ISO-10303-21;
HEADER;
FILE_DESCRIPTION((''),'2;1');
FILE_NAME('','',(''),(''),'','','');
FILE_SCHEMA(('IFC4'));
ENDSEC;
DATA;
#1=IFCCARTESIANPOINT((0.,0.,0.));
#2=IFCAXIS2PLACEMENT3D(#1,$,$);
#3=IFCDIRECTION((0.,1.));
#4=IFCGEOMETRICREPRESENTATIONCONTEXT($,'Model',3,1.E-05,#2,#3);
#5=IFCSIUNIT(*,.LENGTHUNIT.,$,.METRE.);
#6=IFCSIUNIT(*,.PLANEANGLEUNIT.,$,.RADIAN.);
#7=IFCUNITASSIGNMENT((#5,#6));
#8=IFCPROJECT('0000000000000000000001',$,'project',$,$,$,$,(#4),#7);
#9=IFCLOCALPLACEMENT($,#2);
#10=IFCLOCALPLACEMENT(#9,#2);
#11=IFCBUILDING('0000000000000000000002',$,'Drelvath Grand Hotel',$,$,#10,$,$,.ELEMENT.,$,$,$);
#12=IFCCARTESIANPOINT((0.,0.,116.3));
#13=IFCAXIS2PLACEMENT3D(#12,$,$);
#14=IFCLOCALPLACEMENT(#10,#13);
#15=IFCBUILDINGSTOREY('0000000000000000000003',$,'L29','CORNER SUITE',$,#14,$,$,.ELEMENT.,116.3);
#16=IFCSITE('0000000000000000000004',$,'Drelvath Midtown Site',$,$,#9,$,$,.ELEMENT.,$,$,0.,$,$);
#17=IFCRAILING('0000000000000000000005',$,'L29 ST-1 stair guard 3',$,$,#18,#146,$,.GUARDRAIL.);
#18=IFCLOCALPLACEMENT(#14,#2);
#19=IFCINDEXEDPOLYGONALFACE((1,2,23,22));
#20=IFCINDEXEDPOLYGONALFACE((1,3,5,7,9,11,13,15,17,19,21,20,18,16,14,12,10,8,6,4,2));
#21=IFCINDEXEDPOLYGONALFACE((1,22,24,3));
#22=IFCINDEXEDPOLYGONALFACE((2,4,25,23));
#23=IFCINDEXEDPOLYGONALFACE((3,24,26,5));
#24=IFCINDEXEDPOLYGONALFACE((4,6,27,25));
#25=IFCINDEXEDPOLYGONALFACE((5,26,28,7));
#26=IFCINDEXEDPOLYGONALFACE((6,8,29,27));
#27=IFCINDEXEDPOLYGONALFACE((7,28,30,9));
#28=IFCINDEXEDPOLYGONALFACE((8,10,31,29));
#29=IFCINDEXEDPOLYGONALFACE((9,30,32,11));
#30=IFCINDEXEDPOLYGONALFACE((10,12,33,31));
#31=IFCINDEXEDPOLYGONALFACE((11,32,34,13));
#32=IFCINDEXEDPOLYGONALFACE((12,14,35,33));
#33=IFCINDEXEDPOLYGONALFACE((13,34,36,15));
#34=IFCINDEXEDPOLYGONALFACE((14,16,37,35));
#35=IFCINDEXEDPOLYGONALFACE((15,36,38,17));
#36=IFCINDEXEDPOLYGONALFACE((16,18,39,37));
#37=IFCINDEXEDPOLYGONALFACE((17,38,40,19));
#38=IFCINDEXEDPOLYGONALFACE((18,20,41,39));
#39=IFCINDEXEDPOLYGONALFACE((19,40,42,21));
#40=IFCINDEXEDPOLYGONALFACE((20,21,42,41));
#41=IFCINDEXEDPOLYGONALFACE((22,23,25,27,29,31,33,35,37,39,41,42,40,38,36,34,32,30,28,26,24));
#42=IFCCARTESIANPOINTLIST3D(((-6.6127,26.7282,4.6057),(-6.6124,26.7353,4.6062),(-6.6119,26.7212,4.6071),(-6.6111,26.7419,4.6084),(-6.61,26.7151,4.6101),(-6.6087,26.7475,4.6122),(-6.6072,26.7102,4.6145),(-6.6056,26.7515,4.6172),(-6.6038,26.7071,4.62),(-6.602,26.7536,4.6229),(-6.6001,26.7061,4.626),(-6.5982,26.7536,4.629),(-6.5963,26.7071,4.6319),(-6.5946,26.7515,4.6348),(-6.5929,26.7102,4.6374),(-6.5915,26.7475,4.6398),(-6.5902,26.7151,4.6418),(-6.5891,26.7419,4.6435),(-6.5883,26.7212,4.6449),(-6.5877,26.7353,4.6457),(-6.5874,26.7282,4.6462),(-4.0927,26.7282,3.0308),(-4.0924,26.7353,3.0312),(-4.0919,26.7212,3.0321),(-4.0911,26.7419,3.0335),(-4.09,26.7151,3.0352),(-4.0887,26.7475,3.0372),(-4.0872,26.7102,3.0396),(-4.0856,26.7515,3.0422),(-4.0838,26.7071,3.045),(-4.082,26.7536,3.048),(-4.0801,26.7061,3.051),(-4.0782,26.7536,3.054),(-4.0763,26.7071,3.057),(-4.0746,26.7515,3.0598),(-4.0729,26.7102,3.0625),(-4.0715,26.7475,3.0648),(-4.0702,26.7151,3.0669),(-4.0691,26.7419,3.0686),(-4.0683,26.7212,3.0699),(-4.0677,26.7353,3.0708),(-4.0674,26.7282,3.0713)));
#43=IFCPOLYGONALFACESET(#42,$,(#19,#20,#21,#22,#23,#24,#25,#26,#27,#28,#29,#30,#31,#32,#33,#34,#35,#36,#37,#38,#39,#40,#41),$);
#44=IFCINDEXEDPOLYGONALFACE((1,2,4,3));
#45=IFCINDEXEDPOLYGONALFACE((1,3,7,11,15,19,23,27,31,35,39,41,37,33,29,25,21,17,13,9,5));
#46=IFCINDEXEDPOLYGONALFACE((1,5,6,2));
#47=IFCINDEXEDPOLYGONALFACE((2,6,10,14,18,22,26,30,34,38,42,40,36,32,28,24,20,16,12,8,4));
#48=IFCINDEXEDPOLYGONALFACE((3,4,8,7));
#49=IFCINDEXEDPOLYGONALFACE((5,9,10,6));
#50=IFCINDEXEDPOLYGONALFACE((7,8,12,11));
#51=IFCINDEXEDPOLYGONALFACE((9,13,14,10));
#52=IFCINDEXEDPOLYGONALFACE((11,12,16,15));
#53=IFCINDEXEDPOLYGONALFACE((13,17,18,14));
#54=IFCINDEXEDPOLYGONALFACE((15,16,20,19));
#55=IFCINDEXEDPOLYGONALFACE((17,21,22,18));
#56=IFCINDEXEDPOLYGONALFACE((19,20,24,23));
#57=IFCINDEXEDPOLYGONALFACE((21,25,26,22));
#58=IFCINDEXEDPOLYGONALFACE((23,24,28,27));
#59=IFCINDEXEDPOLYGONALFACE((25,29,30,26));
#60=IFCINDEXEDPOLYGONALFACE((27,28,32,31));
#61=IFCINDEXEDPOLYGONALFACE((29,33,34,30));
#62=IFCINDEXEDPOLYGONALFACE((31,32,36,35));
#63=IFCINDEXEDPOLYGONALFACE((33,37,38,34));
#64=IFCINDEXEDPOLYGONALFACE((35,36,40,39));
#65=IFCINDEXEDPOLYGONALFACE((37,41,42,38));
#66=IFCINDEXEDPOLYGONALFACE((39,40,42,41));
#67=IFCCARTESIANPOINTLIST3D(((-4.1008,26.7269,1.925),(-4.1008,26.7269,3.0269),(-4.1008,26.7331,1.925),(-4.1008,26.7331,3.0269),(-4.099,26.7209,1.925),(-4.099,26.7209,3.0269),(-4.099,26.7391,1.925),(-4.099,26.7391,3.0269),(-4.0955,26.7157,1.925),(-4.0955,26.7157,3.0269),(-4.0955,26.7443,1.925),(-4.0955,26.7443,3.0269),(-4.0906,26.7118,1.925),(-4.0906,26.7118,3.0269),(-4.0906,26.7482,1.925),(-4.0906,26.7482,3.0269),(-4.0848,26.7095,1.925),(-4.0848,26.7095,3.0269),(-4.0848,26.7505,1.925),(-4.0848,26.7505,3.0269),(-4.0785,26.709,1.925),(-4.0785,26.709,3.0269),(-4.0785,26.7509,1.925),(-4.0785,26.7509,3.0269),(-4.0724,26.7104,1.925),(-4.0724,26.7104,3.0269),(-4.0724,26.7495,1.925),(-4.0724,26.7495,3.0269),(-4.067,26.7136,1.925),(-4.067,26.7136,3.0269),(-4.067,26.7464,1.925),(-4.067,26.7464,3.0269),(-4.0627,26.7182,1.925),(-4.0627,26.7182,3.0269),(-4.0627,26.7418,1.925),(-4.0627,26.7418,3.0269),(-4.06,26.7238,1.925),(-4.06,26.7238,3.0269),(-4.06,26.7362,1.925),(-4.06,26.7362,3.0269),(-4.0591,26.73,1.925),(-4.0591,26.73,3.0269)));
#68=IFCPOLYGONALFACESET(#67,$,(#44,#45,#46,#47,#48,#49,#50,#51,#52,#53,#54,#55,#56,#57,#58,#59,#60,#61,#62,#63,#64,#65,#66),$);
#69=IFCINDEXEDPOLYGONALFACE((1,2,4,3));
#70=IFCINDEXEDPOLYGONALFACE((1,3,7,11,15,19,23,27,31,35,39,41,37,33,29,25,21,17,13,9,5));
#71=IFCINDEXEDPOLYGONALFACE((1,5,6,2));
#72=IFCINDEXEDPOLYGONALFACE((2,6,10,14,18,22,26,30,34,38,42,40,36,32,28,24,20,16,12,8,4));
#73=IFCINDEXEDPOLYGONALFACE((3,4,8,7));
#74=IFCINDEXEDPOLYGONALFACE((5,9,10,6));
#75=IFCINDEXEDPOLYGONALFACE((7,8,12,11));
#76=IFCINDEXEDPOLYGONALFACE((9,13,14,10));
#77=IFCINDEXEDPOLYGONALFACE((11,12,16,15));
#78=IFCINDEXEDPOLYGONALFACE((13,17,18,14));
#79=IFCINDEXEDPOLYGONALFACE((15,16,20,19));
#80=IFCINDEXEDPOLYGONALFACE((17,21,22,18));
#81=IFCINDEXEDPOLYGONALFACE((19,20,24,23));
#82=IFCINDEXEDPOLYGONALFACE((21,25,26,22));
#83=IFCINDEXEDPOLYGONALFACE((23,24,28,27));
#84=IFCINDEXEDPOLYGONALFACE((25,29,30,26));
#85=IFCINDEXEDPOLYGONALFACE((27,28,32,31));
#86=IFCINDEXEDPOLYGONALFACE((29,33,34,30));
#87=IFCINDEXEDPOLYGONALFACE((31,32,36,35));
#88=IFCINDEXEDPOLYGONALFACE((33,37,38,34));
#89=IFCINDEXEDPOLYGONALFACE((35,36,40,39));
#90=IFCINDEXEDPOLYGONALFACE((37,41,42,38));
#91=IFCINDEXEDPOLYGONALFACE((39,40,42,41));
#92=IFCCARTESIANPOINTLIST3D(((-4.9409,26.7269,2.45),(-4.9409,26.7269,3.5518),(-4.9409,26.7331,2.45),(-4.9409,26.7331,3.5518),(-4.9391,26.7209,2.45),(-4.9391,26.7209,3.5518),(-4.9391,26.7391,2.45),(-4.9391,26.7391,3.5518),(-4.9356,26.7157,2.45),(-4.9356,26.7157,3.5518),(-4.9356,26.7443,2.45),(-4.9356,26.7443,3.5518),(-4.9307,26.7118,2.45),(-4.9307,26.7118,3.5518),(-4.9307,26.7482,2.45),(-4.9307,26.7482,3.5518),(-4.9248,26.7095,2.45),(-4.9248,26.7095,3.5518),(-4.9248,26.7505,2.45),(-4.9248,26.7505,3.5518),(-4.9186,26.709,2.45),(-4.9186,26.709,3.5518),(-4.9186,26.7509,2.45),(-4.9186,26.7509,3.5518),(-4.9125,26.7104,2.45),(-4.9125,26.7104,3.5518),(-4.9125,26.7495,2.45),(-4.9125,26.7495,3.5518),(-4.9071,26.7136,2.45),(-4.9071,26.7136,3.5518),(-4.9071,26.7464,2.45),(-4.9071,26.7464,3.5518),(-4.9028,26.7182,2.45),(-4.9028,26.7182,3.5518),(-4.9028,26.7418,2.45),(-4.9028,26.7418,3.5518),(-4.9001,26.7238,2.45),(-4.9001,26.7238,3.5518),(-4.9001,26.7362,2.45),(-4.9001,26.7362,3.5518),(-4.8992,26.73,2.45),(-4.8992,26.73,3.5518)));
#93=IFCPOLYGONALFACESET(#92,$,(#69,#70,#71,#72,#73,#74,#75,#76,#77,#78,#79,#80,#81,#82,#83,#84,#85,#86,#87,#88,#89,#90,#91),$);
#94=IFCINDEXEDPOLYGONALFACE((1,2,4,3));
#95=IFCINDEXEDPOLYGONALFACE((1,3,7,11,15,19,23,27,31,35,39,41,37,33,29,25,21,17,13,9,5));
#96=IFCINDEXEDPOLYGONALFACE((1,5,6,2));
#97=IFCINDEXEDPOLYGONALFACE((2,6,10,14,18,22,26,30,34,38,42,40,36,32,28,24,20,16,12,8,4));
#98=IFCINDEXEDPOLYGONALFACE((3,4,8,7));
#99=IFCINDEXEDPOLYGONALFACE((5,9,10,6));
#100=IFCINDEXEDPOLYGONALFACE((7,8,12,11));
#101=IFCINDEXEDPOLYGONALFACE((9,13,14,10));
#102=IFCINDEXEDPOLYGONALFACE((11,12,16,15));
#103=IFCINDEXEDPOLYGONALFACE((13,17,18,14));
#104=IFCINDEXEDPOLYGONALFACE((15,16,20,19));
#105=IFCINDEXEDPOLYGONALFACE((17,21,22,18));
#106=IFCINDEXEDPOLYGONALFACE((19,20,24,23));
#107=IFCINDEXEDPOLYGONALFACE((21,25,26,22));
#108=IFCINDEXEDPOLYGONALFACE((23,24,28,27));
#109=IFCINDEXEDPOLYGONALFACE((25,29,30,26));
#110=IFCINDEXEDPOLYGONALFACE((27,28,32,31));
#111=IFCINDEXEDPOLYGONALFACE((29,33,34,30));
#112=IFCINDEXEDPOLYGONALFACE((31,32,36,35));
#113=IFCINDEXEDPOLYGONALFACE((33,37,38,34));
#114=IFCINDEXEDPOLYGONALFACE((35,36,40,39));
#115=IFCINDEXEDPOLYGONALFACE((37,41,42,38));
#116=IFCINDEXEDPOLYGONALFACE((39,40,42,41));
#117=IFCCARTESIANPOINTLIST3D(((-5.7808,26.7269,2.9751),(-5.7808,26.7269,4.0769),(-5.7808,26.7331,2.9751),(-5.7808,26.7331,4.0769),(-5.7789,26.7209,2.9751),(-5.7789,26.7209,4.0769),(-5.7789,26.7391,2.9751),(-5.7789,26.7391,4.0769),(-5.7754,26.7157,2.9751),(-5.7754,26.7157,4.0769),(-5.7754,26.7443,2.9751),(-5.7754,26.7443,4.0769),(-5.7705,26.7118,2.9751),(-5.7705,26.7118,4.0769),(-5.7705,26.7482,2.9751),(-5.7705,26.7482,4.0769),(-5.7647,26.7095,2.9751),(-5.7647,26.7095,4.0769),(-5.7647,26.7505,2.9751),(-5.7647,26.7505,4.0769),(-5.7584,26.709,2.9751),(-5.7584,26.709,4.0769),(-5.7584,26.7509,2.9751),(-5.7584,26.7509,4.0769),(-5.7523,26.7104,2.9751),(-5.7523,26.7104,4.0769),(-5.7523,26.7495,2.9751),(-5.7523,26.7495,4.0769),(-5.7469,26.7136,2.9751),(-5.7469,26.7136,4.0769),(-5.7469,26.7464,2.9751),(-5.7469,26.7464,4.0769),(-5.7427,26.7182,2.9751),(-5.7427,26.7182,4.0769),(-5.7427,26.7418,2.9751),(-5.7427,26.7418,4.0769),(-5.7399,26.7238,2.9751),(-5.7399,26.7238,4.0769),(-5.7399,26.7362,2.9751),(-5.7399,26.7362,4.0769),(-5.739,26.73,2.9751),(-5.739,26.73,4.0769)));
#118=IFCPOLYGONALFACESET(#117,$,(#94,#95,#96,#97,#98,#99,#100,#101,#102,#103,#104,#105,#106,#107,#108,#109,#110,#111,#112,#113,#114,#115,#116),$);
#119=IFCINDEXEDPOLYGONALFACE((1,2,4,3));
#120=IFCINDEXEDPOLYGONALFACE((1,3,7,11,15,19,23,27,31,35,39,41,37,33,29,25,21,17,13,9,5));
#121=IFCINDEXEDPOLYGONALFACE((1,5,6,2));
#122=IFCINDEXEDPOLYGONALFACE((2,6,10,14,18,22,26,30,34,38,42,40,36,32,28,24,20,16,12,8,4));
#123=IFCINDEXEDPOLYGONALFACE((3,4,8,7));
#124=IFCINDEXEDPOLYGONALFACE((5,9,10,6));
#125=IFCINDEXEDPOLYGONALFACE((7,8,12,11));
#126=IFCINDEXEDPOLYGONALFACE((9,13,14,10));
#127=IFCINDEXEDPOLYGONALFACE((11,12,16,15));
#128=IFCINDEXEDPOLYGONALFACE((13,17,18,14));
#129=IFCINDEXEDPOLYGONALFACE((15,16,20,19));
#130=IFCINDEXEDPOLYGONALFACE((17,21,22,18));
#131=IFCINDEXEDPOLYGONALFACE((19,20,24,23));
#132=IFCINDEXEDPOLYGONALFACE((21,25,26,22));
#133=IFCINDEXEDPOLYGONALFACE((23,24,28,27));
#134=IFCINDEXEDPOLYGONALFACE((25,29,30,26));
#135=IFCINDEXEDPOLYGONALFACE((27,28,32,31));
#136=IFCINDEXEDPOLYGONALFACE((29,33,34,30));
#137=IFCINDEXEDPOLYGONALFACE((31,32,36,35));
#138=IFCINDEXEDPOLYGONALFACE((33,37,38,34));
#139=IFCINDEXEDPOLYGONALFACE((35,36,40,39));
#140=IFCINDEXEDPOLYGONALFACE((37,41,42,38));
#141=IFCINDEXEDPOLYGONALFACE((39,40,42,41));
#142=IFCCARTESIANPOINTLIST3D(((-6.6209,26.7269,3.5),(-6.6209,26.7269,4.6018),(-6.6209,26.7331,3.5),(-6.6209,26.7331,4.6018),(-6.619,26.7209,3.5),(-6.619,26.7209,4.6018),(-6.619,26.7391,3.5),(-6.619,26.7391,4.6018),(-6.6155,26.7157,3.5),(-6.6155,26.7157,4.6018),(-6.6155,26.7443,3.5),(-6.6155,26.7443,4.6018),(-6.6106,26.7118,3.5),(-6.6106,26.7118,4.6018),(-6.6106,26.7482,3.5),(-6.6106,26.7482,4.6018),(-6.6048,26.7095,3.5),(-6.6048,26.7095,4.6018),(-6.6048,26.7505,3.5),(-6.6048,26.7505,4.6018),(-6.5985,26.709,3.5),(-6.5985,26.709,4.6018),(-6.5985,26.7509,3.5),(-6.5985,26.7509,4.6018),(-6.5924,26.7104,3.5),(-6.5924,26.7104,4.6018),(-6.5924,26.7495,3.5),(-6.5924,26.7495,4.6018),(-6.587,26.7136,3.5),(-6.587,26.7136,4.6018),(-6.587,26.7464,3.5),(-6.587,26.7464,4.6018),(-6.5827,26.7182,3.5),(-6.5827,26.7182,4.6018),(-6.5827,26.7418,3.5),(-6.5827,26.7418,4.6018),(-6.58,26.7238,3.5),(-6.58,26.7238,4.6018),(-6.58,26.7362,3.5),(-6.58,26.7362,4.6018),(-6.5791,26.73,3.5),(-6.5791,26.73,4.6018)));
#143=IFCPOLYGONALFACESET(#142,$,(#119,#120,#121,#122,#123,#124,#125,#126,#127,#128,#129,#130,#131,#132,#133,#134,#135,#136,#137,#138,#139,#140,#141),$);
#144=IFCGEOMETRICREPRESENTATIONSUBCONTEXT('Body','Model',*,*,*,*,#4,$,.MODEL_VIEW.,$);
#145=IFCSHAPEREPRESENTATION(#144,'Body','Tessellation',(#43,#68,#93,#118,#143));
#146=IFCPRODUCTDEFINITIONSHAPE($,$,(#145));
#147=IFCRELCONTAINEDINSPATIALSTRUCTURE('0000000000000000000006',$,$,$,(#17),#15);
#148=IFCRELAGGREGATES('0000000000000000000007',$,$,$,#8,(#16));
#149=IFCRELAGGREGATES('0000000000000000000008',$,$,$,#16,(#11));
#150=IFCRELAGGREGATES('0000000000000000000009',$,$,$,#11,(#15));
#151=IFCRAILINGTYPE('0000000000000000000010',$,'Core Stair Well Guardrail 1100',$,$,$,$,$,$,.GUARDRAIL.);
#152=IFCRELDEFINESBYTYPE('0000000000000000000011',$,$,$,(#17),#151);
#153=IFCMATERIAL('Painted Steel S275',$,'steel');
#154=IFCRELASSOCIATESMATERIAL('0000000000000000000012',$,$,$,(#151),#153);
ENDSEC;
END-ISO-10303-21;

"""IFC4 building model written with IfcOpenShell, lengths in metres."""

from ifc_helpers import new_model, si_unit, direction, frame, origin, origin_2d, place, context, subcontext, project, spatial, circle, extrude, material, type_object, element, save


model = new_model("IFC4")

# Units and contexts
model_context = context("Model", 3, precision=1e-05, world=origin(), true_north=direction((0.0, 1.0)))
body_context = subcontext(model_context, "Body", "Model", "MODEL_VIEW")
ifc_project = project(units=[si_unit("LENGTHUNIT", "METRE"), si_unit("PLANEANGLEUNIT", "RADIAN")], contexts=[model_context])

# Site, building, storey
site_placement = place(None, origin())
site = spatial("IfcSite", under=ifc_project, at=site_placement, Name="Drelvath Midtown Site", CompositionType="ELEMENT", RefElevation=0.0)
building_placement = place(site_placement, origin())
building = spatial("IfcBuilding", under=site, at=building_placement, Name="Drelvath Grand Hotel", CompositionType="ELEMENT")
storey_placement = place(building_placement, frame((0.0, 0.0, 116.3)))
storey = spatial("IfcBuildingStorey", under=building, at=storey_placement, Name="L29", Description="CORNER SUITE", CompositionType="ELEMENT", Elevation=116.3)

# Shared definitions
ifc_material_1 = material(Name="Painted Steel S275", Category="steel")

# Railing
railing_type_1 = type_object("IfcRailingType", Name="Core Stair Well Guardrail 1100", PredefinedType="GUARDRAIL", material=ifc_material_1)
railing_1_placement = place(storey_placement, frame((-4.0801, 26.73, 1.925)))
element("IfcRailing", 1, at=railing_1_placement, inside=storey, type_object=railing_type_1, Name="L29 ST-1 stair guard 3", PredefinedType="GUARDRAIL", context=body_context, shape_type="SweptSolid", body=[
    extrude(circle(Radius=0.0239, at=origin_2d()), frame((0.0, 0.0, 1.126), z_axis=(-0.848008, 0.0, 0.529984), x_axis=(0.0, -1.0, 0.0)), (0.0, 0.0, 1.0), 2.9717),
    extrude(circle(Radius=0.021, at=origin_2d()), origin(), (0.0, 0.0, 1.0), 1.1018),
    extrude(circle(Radius=0.021, at=origin_2d()), frame((-0.8401, 0.0, 0.5249)), (0.0, 0.0, 1.0), 1.1018),
    extrude(circle(Radius=0.021, at=origin_2d()), frame((-1.6799, 0.0, 1.05)), (0.0, 0.0, 1.0), 1.1018),
    extrude(circle(Radius=0.021, at=origin_2d()), frame((-2.52, 0.0, 1.575)), (0.0, 0.0, 1.0), 1.1018),
])

save(model, "model.ifc")
